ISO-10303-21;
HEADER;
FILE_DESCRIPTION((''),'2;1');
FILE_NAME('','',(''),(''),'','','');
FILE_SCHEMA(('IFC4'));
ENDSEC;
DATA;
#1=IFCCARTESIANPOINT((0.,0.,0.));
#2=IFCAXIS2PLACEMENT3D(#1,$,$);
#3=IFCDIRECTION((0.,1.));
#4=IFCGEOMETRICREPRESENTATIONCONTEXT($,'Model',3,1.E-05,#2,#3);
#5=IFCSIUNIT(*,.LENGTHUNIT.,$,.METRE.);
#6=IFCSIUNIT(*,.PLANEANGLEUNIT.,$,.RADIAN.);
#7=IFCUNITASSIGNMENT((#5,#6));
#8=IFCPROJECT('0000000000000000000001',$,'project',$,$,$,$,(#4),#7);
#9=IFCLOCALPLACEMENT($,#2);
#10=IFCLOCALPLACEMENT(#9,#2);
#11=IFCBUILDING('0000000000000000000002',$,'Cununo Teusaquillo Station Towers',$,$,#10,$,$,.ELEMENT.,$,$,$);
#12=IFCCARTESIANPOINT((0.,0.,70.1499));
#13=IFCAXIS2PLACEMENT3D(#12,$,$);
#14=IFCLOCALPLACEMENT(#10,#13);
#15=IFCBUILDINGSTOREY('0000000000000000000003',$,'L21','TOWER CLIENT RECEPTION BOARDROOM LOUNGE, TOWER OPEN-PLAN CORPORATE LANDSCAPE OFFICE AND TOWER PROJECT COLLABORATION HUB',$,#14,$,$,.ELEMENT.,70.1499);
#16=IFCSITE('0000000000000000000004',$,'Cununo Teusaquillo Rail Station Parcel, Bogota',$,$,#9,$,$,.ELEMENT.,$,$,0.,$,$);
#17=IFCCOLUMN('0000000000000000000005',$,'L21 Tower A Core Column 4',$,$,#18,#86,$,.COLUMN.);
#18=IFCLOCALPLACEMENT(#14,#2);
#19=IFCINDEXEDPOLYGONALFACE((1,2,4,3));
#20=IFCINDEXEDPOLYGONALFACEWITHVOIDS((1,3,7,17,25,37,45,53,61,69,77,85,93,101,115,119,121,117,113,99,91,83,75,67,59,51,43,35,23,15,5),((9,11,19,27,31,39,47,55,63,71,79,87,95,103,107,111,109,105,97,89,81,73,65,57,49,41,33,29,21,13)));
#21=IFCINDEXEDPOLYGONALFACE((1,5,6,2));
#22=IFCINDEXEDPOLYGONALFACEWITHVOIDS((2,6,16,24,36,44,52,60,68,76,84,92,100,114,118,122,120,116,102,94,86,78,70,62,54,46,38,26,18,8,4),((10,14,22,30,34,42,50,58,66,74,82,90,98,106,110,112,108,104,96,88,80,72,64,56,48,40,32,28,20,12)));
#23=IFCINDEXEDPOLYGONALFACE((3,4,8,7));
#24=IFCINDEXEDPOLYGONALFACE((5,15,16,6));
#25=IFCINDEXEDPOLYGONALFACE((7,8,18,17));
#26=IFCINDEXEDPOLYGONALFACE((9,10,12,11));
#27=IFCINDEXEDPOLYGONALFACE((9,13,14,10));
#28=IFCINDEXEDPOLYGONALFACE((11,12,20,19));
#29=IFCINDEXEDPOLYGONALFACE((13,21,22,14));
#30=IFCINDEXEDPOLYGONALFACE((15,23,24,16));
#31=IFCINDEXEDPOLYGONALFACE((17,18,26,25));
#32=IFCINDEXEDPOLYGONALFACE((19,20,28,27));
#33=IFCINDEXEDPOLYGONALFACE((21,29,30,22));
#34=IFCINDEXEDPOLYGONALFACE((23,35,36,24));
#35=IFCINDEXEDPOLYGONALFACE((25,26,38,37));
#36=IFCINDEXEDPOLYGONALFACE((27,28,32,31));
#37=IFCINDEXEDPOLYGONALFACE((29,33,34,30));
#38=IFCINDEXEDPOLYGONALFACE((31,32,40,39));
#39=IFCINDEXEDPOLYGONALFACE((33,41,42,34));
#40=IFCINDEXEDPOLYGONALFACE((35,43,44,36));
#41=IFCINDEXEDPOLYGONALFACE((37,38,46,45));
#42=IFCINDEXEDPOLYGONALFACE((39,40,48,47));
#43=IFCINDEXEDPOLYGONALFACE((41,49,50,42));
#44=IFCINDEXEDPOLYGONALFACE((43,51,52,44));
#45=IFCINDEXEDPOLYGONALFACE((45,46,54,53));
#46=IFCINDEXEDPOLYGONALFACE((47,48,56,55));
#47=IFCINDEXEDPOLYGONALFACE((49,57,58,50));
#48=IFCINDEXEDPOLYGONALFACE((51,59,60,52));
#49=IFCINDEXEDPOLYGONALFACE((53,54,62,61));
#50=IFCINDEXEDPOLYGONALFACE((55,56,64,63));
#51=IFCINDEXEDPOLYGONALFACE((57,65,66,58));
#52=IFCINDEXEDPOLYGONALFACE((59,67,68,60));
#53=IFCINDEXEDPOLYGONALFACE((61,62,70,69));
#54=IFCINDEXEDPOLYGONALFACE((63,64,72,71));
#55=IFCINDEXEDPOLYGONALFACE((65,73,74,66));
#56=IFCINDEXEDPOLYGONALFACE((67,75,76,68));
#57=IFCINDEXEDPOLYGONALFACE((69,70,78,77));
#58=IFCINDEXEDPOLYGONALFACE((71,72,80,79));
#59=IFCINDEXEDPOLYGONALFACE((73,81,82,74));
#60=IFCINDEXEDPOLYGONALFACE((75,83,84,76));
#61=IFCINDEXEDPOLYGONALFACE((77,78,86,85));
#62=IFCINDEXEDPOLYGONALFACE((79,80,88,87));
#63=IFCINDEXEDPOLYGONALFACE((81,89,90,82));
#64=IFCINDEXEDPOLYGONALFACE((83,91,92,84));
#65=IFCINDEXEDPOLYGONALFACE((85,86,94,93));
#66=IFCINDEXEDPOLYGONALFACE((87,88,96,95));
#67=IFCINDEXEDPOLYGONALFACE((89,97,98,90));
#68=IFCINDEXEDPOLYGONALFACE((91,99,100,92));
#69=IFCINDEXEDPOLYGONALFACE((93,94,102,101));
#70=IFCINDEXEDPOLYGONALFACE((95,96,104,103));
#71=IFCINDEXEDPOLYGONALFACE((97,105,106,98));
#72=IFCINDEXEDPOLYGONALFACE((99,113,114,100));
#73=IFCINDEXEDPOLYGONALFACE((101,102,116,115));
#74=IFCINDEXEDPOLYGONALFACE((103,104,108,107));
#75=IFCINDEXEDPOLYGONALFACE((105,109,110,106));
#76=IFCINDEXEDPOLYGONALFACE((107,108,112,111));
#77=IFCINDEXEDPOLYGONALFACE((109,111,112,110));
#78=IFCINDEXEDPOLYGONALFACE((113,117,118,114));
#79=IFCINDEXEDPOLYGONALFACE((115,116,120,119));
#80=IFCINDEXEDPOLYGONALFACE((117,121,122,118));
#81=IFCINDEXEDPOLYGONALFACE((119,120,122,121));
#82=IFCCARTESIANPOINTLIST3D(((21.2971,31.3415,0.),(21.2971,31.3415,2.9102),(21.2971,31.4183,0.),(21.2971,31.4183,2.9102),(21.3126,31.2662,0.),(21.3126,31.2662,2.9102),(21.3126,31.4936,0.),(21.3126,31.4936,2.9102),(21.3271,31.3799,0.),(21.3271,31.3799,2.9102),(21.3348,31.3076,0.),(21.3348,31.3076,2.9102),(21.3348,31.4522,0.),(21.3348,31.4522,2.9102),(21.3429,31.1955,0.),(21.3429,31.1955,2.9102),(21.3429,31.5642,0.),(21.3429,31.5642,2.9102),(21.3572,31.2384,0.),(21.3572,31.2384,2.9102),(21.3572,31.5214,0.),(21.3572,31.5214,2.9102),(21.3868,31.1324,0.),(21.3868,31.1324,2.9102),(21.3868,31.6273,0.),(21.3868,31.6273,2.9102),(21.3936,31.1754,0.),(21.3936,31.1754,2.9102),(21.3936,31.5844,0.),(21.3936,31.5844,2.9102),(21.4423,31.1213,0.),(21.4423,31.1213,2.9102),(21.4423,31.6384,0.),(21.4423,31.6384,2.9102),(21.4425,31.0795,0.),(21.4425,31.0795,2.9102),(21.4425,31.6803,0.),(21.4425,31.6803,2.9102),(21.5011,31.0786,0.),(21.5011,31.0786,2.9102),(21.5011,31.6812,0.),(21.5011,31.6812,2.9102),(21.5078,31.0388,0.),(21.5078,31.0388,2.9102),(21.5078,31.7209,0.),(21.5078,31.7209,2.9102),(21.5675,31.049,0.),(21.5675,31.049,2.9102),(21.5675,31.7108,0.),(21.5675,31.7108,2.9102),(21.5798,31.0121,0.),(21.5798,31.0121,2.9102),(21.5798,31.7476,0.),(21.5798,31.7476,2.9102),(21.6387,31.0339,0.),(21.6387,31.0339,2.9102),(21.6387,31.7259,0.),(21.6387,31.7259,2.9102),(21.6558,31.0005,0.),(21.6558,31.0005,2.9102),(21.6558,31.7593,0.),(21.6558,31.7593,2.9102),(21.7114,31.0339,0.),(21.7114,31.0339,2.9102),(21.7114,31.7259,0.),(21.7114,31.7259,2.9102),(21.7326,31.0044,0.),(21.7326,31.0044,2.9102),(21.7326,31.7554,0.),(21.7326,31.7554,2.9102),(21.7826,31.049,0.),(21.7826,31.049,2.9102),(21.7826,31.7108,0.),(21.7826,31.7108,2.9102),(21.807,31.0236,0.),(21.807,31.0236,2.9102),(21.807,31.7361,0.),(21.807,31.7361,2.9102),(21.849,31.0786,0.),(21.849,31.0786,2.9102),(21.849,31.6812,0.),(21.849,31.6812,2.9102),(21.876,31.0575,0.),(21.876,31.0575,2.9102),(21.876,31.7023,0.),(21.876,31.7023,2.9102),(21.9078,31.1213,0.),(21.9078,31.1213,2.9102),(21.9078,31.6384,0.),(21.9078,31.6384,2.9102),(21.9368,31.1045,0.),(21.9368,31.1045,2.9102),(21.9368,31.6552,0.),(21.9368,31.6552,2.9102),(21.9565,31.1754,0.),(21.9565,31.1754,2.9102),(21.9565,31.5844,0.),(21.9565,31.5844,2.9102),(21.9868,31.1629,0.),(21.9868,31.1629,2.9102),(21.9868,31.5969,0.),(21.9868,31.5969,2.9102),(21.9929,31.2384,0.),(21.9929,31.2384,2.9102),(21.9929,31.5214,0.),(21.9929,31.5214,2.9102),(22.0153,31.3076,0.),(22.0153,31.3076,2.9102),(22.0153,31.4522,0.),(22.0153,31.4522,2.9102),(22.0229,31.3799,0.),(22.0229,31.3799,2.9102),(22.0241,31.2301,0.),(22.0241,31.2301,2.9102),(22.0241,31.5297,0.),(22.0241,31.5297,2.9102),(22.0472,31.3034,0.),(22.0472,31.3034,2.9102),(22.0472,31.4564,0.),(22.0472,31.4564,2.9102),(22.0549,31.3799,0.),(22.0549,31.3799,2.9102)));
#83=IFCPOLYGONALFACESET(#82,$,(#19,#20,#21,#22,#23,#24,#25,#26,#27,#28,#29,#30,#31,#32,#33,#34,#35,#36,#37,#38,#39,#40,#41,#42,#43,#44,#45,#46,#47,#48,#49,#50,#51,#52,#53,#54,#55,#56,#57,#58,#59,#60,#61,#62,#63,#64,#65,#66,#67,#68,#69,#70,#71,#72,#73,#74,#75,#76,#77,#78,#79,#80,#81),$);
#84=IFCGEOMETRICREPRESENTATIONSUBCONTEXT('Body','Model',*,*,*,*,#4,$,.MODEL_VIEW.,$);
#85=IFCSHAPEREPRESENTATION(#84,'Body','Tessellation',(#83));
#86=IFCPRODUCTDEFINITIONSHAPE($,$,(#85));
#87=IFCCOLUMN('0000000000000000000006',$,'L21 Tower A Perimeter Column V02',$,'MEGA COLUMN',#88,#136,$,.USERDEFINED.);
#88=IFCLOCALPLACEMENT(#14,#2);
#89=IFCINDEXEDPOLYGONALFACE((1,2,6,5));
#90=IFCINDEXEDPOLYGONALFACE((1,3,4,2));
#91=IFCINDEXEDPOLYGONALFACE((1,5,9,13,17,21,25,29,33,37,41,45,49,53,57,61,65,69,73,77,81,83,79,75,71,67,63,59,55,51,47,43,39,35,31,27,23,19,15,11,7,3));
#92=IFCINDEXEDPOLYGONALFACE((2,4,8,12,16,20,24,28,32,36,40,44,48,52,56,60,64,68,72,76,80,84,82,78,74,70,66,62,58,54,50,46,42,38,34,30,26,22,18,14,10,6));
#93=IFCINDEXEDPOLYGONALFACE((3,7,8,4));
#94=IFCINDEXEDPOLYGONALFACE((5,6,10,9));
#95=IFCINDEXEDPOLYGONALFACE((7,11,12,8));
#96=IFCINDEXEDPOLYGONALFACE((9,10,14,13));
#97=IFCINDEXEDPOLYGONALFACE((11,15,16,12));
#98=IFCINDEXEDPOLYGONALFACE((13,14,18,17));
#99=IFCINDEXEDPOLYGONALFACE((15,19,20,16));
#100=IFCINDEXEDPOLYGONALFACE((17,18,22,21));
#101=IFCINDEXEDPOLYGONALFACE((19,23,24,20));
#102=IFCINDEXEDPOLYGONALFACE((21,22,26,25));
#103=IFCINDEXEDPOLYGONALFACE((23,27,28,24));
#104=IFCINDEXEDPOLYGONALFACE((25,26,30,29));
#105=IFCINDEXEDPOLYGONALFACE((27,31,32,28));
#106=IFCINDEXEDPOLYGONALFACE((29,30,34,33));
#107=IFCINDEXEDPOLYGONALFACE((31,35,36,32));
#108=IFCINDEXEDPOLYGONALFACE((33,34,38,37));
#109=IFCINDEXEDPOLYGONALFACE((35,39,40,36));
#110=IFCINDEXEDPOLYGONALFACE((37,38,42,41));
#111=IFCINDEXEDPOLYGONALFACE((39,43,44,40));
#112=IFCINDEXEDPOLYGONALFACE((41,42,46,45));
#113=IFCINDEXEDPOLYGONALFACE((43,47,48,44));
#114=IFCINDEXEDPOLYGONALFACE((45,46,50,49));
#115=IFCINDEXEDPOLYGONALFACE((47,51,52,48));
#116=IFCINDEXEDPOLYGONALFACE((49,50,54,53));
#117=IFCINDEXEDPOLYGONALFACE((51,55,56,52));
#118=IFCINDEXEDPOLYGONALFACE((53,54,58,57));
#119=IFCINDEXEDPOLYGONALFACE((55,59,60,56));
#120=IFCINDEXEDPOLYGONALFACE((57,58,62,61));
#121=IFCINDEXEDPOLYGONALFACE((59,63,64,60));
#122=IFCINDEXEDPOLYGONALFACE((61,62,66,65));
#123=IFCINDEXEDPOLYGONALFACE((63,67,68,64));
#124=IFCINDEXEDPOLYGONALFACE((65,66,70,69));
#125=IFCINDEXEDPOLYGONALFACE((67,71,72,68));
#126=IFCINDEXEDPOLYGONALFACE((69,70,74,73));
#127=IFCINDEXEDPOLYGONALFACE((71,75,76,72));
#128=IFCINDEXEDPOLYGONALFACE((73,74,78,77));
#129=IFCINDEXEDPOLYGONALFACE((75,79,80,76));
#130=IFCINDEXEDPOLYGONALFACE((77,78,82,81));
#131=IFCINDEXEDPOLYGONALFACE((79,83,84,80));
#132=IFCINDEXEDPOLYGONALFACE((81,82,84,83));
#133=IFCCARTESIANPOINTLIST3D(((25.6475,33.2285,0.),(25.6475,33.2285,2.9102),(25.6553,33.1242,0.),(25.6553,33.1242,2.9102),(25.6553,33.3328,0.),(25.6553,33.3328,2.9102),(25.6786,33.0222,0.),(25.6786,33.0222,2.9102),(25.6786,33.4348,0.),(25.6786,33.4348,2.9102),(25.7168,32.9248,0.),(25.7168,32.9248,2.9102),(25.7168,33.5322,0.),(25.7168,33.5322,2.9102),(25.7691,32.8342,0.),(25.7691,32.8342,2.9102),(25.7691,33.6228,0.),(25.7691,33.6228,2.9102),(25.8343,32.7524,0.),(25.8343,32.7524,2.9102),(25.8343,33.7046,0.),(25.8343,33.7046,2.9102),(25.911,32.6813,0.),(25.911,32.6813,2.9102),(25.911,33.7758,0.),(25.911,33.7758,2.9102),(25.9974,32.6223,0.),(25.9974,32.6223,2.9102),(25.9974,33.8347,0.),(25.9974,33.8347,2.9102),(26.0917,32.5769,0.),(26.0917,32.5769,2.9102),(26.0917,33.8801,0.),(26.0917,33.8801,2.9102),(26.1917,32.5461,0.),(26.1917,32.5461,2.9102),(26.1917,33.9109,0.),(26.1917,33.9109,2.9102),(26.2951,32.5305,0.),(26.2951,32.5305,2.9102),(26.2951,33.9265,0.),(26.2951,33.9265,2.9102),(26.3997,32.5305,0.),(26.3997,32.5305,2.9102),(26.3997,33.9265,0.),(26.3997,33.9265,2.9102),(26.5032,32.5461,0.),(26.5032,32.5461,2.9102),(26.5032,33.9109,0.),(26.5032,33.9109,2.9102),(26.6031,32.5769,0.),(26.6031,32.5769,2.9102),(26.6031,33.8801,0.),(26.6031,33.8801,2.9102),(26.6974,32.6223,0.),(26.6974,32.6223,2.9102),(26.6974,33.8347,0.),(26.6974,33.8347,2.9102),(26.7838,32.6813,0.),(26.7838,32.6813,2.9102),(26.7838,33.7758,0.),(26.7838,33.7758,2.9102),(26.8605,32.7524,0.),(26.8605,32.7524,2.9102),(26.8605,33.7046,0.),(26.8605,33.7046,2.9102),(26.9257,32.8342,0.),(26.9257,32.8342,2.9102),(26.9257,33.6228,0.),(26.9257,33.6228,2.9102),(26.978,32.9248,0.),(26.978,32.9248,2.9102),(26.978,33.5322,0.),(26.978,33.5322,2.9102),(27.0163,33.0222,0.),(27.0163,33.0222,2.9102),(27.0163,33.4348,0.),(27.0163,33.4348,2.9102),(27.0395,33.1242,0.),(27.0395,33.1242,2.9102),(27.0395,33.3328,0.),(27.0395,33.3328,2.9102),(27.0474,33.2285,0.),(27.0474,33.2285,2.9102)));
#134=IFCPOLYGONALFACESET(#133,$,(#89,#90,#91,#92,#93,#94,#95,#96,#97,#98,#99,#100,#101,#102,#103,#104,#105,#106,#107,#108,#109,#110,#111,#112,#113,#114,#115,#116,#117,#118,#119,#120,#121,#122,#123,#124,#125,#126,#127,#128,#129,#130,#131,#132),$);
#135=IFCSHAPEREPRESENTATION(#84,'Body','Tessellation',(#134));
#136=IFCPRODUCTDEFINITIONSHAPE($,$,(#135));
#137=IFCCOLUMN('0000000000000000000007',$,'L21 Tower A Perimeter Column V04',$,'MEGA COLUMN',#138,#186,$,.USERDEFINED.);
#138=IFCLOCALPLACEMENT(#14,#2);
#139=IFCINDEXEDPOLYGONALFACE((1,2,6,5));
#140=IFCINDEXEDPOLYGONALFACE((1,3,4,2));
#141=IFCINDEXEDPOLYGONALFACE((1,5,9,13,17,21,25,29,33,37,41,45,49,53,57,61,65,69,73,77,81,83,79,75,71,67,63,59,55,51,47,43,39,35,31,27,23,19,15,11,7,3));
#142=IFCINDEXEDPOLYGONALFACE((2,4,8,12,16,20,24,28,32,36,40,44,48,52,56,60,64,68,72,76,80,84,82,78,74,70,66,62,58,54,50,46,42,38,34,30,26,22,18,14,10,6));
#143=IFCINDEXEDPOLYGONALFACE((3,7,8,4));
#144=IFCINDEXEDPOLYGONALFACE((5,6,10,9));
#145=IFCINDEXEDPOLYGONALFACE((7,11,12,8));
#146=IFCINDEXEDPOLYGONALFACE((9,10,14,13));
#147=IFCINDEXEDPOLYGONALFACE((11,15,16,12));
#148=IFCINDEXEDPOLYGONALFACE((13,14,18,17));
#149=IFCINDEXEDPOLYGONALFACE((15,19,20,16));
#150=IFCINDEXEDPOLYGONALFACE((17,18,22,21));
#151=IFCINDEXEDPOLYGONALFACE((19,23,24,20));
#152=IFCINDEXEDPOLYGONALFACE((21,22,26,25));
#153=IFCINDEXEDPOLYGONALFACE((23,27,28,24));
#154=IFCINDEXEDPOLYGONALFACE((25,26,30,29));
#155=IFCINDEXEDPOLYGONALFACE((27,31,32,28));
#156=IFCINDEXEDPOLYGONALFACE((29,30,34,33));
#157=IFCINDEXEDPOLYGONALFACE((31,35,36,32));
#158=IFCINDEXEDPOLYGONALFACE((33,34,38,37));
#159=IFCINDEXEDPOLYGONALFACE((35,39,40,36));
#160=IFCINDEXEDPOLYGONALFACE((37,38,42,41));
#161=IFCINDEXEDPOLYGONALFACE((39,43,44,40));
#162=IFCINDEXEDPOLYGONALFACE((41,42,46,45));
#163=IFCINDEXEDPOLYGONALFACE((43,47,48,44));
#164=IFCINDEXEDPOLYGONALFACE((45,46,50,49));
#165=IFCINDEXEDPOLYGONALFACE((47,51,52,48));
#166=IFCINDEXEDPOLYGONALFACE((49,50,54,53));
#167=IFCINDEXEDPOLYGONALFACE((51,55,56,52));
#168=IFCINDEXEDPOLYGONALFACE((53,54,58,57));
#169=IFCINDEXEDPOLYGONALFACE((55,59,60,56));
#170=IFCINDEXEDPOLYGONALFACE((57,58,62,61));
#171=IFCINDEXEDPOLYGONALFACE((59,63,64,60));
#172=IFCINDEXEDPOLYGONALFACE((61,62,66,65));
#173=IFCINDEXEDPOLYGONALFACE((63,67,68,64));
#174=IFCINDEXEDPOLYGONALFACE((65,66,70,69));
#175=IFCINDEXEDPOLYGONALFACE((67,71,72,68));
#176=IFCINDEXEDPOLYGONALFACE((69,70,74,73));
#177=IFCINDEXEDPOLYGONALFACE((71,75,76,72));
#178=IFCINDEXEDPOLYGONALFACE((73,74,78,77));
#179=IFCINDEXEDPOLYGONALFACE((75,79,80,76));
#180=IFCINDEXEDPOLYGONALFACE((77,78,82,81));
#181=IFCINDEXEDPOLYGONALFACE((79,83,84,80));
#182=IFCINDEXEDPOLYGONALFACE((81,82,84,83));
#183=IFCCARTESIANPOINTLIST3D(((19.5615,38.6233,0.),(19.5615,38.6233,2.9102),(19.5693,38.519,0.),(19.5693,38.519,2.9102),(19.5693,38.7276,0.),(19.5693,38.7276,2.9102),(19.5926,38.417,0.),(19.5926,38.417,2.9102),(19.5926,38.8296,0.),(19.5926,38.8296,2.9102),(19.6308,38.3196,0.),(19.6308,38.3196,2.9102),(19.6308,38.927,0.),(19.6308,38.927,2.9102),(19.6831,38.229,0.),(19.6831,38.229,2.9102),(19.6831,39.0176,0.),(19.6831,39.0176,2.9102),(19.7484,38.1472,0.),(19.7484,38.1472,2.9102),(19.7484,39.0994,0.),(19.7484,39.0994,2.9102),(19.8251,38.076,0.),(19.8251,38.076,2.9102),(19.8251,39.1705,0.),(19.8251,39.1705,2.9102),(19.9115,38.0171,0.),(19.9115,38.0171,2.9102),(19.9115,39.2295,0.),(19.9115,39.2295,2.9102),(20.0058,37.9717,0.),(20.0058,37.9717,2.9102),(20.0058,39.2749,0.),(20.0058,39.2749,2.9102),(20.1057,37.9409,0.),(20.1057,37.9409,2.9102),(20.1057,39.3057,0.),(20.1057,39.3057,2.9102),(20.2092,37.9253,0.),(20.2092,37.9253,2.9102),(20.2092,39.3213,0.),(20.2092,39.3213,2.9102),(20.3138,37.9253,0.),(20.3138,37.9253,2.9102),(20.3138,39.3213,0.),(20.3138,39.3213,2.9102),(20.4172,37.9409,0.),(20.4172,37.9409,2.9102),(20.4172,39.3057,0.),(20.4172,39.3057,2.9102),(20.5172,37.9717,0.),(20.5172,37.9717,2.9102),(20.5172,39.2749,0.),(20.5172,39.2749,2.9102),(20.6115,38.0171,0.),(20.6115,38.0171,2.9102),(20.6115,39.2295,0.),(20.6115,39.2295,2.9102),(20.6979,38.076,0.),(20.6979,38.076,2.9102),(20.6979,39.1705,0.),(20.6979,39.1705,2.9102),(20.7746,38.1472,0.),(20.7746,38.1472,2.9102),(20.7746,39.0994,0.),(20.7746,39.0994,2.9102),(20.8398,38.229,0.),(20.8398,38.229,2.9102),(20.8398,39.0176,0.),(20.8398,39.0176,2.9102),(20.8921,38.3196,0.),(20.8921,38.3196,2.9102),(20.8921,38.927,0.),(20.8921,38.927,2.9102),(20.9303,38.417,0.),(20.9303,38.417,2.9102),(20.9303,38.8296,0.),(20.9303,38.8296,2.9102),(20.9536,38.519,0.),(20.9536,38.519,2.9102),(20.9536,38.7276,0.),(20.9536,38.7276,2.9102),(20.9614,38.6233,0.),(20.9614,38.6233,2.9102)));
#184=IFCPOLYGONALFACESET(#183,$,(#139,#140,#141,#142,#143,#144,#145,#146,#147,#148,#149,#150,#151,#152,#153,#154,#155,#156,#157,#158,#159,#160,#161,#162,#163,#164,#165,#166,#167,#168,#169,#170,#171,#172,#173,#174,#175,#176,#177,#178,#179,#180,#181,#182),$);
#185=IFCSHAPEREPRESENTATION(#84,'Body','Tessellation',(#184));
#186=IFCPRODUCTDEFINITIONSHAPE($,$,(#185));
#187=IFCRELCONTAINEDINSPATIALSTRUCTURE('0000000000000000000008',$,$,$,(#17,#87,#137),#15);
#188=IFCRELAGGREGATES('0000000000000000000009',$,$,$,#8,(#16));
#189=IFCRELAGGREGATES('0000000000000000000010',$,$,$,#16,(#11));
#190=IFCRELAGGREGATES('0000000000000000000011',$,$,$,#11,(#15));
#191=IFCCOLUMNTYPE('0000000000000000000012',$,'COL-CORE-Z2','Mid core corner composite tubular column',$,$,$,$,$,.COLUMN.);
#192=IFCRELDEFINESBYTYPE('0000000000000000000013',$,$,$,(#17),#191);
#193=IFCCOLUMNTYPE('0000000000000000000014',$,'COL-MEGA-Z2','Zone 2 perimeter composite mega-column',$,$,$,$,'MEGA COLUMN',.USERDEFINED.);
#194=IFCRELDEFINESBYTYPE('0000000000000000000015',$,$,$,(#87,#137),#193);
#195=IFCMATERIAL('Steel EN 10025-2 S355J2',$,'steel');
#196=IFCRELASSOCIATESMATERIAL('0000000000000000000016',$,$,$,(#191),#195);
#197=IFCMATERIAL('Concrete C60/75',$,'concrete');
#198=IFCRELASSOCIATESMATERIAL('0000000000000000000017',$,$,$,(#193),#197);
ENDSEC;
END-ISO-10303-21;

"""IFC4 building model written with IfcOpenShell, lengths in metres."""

from ifc_helpers import new_model, si_unit, direction, frame, origin, origin_2d, place, context, subcontext, project, spatial, circle, hollow_circle, extrude, material, material_profile, profile_set, type_object, element, save


model = new_model("IFC4")

# Units and contexts
model_context = context("Model", 3, precision=1e-05, world=origin(), true_north=direction((0.0, 1.0)))
body_context = subcontext(model_context, "Body", "Model", "MODEL_VIEW")
ifc_project = project(units=[si_unit("LENGTHUNIT", "METRE"), si_unit("PLANEANGLEUNIT", "RADIAN")], contexts=[model_context])

# Site, building, storey
site_placement = place(None, origin())
site = spatial("IfcSite", under=ifc_project, at=site_placement, Name="Cununo Teusaquillo Rail Station Parcel, Bogota", CompositionType="ELEMENT", RefElevation=0.0)
building_placement = place(site_placement, origin())
building = spatial("IfcBuilding", under=site, at=building_placement, Name="Cununo Teusaquillo Station Towers", CompositionType="ELEMENT")
storey_placement = place(building_placement, frame((0.0, 0.0, 70.1499)))
storey = spatial("IfcBuildingStorey", under=building, at=storey_placement, Name="L21", Description="TOWER CLIENT RECEPTION BOARDROOM LOUNGE, TOWER OPEN-PLAN CORPORATE LANDSCAPE OFFICE AND TOWER PROJECT COLLABORATION HUB", CompositionType="ELEMENT", Elevation=70.1499)

# Columns
ifc_material_1 = material(Name="Steel EN 10025-2 S355J2", Category="steel")
ifc_material_profile_1 = material_profile(ifc_material_1, hollow_circle(Radius=0.3799, WallThickness=0.032, at=origin_2d()), Name="CHS 760x32")
ifc_profile_set_1 = profile_set([ifc_material_profile_1], Name="Steel EN 10025-2 S355J2")
column_type_1 = type_object("IfcColumnType", Name="COL-CORE-Z2", Description="Mid core corner composite tubular column", PredefinedType="COLUMN", material=ifc_profile_set_1)
column_placement = place(storey_placement, frame((21.675, 31.3799, 0.0), z_axis=(0.0, 0.0, 1.0), x_axis=(1.0, 0.0, 0.0)))
element("IfcColumn", 1, at=column_placement, inside=storey, type_object=column_type_1, Name="L21 Tower A Core Column 4", PredefinedType="COLUMN", context=body_context, shape_type="SweptSolid", body=[
    extrude(hollow_circle(Radius=0.3799, WallThickness=0.032, at=origin_2d()), origin(), (0.0, 0.0, 1.0), 2.9102),
])
ifc_material_2 = material(Name="Concrete C60/75", Category="concrete")
ifc_material_profile_2 = material_profile(ifc_material_2, circle(Radius=0.7, at=origin_2d()), Name="RC-CIRC-1400")
ifc_profile_set_2 = profile_set([ifc_material_profile_2], Name="Concrete C60/75")
column_type_2 = type_object("IfcColumnType", Name="COL-MEGA-Z2", Description="Zone 2 perimeter composite mega-column", ElementType="MEGA COLUMN", PredefinedType="USERDEFINED", material=ifc_profile_set_2)
for number, where, z_axis, x_axis, name in (
    (2, (26.3474, 33.2285, 0.0), (0.0, 0.0, 1.0), (1.0, 0.0, 0.0), "L21 Tower A Perimeter Column V02"),
    (3, (20.2615, 38.6233, 0.0), (0.0, 0.0, 1.0), (1.0, 0.0, 0.0), "L21 Tower A Perimeter Column V04"),
):
    element("IfcColumn", number, at=place(storey_placement, frame(where, z_axis=z_axis, x_axis=x_axis)), inside=storey, type_object=column_type_2, Name=name, ObjectType="MEGA COLUMN", PredefinedType="USERDEFINED", context=body_context, shape_type="SweptSolid", body=[
        extrude(circle(Radius=0.7, at=origin_2d()), origin(), (0.0, 0.0, 1.0), 2.9102),
    ])

save(model, "model.ifc")
